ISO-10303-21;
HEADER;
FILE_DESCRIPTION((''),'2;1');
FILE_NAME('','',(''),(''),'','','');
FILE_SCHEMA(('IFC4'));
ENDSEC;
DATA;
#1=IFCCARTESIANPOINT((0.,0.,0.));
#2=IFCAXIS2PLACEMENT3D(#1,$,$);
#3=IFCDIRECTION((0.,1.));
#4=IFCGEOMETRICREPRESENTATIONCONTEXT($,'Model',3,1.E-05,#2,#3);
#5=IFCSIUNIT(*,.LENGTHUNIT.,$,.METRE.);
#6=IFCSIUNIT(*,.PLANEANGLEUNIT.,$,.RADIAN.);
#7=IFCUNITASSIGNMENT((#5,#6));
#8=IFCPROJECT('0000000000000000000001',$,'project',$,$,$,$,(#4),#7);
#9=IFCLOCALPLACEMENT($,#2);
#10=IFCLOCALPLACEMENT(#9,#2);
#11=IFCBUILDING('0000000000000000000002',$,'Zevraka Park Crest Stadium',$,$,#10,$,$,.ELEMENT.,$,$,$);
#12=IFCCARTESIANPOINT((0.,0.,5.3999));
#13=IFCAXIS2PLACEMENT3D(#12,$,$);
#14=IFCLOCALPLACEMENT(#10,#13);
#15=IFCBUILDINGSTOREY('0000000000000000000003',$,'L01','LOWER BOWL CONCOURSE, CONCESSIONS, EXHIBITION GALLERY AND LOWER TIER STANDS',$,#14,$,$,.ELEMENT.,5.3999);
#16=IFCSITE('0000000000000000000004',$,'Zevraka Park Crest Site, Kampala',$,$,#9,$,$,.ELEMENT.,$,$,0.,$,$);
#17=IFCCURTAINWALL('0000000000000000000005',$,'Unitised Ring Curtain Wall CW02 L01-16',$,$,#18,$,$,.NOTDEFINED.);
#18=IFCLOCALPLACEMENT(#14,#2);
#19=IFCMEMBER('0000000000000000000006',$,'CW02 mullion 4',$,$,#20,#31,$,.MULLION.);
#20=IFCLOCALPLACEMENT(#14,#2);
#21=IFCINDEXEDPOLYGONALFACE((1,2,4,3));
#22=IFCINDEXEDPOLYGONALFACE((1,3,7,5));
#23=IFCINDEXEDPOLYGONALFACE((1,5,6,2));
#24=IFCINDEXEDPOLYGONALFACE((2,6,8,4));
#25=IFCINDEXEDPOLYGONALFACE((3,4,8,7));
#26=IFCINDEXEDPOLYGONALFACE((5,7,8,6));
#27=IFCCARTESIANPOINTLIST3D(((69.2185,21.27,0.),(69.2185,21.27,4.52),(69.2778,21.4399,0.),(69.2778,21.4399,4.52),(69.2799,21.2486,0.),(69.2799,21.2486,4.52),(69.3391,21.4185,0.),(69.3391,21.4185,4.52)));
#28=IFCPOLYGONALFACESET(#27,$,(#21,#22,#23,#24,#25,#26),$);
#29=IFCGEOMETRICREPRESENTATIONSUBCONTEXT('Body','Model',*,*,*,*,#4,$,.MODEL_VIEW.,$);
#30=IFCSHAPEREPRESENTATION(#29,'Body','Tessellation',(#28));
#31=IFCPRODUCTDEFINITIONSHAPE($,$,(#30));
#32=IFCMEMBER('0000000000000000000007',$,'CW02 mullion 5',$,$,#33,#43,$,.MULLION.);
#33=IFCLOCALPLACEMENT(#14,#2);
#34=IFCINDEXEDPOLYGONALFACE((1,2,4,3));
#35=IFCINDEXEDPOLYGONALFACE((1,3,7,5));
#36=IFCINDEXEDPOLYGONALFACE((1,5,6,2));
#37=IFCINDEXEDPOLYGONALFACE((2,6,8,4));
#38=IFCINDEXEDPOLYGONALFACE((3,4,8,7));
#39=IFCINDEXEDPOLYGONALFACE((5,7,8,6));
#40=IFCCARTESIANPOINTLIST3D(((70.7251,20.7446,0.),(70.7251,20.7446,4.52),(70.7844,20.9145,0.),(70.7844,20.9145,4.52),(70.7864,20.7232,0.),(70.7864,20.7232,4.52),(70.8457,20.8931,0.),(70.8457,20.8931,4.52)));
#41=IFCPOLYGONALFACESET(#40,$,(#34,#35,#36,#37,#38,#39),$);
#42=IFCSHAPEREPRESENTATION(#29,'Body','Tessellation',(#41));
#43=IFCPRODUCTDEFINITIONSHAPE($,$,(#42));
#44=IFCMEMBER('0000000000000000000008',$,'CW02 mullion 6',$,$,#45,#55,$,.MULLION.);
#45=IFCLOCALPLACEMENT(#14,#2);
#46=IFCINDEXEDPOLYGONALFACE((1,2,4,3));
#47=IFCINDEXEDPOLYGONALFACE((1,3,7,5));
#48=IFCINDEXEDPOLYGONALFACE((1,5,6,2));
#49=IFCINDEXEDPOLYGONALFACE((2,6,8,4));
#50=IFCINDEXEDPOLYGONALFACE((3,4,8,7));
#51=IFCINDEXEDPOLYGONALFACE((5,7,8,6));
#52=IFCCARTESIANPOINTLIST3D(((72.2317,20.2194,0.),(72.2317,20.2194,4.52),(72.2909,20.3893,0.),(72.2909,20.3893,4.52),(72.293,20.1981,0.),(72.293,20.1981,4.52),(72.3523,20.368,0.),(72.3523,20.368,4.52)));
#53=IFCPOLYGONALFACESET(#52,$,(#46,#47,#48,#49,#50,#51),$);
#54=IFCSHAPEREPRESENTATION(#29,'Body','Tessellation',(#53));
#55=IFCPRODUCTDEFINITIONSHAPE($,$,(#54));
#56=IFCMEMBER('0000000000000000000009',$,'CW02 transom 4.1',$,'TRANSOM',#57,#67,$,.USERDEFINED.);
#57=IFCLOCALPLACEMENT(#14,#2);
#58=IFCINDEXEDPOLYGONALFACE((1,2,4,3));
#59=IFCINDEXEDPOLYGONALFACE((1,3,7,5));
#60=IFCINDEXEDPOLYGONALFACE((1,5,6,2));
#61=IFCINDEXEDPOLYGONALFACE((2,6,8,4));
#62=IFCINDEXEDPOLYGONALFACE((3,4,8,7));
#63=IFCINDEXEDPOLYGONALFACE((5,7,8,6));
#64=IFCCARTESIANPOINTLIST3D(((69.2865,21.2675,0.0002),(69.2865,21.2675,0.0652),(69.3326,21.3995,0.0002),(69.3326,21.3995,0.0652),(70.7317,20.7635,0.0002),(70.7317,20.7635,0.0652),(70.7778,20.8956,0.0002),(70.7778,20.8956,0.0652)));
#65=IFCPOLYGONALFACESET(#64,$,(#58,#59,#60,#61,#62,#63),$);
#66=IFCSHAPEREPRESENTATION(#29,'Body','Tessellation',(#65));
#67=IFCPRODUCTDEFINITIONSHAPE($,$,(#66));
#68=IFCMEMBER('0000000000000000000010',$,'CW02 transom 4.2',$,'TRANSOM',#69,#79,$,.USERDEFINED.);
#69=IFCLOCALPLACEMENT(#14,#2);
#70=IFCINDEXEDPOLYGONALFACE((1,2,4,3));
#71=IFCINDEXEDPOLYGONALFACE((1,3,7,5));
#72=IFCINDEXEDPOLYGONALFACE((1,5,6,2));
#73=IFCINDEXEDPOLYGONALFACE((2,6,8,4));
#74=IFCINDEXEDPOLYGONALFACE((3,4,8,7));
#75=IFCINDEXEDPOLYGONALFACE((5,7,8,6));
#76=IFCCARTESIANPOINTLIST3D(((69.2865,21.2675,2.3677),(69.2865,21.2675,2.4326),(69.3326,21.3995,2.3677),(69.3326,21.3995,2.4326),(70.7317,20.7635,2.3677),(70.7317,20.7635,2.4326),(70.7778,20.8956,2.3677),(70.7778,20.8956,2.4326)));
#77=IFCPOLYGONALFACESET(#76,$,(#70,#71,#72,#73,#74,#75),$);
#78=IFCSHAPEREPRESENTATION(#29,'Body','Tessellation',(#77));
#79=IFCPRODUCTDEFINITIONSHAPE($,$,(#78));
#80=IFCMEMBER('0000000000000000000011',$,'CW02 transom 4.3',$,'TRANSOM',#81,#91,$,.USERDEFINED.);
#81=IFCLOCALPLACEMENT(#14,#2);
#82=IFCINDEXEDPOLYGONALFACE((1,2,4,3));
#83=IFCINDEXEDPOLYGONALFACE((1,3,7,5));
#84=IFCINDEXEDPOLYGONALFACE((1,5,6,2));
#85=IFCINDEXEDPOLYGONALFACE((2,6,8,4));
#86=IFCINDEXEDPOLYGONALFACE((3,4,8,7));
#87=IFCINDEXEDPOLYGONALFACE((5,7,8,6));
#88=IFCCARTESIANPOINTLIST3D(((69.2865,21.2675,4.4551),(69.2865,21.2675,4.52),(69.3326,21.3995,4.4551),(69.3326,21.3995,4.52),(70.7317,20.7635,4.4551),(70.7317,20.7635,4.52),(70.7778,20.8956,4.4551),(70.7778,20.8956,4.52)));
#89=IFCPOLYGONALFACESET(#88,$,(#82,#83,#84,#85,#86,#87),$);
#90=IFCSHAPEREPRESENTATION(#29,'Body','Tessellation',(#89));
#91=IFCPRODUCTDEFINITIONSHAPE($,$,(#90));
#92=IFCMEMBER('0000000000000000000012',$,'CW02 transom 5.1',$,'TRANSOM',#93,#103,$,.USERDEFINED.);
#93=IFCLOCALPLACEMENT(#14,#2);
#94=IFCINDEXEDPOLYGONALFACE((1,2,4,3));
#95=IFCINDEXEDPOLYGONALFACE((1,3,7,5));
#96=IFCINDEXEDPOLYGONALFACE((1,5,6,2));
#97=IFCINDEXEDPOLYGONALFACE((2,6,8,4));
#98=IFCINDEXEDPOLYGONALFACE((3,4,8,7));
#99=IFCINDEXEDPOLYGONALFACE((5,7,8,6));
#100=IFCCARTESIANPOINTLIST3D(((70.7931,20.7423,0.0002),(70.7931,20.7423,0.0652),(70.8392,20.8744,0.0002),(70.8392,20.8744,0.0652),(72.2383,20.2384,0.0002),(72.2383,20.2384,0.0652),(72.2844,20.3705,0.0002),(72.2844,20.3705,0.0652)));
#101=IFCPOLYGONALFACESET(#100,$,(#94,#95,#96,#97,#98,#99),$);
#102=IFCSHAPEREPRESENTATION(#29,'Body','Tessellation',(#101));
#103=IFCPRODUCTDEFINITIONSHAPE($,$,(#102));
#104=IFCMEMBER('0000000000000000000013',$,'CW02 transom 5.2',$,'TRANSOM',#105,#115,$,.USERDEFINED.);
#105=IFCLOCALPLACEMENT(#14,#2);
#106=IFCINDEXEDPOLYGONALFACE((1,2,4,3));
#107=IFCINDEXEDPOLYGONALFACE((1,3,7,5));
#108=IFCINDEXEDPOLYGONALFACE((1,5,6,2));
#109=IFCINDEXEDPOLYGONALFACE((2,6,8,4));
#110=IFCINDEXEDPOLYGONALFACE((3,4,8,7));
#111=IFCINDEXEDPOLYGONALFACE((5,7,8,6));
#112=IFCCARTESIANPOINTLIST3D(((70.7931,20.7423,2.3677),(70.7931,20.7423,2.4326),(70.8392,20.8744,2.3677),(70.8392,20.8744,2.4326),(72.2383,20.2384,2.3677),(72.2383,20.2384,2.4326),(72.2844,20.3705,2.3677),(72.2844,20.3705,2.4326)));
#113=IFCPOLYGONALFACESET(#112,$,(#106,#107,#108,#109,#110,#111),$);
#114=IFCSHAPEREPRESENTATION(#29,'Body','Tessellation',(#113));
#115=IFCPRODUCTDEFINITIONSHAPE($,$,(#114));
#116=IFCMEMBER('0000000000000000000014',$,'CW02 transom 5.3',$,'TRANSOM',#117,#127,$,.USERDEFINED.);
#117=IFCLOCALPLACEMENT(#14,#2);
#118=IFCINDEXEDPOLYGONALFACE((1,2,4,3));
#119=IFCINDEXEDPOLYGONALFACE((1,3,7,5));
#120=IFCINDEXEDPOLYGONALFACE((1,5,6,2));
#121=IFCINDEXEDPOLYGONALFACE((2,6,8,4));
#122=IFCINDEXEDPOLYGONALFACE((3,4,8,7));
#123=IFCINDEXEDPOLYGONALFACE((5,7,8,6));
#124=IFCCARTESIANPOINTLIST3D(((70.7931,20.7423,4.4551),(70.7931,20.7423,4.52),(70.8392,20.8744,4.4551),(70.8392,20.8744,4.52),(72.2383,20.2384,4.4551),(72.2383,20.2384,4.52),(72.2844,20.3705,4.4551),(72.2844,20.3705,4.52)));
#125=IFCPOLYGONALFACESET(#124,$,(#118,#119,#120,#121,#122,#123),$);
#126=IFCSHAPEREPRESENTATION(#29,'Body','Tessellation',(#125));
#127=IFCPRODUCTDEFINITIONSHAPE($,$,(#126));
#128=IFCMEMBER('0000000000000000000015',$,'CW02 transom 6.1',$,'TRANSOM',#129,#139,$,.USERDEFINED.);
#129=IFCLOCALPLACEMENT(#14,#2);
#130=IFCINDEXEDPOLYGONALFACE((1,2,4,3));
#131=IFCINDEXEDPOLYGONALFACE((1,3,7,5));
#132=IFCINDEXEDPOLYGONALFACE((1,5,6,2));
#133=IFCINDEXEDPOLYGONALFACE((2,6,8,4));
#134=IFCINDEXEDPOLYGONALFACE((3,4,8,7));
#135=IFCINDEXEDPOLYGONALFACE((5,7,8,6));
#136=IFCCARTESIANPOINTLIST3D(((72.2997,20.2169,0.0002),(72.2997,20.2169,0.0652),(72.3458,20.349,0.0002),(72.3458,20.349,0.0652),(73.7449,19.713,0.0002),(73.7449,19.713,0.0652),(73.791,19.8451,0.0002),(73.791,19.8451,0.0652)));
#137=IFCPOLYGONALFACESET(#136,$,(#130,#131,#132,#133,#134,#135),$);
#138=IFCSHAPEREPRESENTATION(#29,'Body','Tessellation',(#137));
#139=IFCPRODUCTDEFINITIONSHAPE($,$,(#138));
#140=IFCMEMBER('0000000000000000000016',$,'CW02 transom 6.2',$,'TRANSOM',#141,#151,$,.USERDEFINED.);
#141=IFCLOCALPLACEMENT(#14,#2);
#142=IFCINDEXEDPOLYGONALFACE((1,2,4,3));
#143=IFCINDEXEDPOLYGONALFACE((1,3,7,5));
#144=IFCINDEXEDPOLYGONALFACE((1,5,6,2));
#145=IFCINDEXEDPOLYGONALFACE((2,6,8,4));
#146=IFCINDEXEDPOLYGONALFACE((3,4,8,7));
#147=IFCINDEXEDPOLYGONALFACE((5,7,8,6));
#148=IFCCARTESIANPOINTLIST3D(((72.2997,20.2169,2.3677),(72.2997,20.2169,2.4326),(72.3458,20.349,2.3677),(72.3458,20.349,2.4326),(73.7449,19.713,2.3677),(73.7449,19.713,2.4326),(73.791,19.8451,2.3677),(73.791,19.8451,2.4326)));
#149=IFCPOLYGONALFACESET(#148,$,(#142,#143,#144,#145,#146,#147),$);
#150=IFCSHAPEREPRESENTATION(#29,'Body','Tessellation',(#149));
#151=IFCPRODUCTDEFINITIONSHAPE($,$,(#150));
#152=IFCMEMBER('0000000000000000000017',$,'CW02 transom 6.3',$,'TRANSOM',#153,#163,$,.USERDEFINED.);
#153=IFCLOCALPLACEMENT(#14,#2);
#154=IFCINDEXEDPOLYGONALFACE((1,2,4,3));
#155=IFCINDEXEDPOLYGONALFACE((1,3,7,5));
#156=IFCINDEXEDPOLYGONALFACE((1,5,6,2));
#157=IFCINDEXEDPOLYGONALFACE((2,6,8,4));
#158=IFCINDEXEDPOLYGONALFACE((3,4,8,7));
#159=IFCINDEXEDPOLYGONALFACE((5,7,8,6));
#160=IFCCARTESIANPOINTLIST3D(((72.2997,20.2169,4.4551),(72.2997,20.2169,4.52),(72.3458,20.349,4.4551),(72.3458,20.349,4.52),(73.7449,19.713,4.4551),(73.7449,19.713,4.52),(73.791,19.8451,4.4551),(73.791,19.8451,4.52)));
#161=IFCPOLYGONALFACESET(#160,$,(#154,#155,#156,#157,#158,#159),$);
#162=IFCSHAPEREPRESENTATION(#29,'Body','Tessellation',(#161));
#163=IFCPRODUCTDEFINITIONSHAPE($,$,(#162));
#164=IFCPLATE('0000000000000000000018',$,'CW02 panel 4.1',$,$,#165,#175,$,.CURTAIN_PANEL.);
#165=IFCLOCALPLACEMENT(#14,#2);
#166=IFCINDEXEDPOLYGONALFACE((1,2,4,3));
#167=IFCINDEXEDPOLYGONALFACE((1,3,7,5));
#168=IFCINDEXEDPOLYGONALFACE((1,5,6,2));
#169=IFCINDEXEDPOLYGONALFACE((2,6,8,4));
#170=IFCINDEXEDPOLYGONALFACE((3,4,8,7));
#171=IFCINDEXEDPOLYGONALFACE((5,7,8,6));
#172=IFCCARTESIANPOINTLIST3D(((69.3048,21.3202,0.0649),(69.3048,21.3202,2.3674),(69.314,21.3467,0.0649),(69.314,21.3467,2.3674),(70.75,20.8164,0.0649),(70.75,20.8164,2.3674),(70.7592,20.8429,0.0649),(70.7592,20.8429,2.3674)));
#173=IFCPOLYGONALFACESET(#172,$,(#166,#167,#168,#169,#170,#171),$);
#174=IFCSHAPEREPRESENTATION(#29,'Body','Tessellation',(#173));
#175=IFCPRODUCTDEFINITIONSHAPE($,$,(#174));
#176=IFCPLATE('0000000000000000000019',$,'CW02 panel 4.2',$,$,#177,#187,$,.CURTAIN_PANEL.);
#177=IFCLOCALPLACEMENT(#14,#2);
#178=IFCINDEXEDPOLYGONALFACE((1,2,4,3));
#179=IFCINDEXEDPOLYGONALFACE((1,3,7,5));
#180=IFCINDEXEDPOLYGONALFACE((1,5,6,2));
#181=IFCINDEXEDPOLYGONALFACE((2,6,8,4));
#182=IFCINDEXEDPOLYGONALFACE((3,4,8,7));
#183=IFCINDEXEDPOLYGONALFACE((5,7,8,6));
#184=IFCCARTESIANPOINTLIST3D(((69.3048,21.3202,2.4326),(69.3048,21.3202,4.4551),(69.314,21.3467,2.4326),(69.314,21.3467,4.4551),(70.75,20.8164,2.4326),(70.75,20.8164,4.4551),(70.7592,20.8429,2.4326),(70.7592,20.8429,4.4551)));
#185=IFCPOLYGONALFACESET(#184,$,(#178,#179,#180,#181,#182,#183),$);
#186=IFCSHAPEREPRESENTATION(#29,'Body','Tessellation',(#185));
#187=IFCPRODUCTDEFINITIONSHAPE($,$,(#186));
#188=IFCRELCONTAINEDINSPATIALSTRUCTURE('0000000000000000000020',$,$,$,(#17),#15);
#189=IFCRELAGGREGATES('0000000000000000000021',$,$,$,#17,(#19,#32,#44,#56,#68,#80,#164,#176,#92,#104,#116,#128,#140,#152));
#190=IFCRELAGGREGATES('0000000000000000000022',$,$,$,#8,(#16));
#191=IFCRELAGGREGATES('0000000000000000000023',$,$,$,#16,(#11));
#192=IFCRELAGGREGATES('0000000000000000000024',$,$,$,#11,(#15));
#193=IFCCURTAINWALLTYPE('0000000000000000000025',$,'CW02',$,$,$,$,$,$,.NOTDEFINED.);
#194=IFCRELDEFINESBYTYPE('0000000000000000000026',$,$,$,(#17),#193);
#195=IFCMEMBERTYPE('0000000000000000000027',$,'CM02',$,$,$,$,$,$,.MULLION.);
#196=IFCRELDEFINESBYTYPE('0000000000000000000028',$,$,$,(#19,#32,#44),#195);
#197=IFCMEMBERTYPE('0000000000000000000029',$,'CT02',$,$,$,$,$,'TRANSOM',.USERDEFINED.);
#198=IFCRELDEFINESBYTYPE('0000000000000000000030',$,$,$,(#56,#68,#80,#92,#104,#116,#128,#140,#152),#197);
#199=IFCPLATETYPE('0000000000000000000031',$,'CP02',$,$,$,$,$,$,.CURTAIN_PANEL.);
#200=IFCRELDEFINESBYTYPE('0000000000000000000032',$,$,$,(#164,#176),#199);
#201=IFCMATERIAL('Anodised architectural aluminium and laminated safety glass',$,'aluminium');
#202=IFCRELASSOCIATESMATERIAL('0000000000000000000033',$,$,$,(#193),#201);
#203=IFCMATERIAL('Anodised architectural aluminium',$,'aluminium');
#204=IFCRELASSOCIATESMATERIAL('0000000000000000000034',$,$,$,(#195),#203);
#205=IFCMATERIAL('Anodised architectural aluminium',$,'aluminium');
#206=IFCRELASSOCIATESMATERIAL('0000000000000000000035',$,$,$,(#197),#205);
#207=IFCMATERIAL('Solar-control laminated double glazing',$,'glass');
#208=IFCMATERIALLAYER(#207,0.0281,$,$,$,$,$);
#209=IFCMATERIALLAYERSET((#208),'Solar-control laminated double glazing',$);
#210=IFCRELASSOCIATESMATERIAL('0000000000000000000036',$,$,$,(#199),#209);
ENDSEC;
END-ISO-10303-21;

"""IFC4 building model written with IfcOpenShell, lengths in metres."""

from ifc_helpers import new_model, si_unit, direction, frame, origin, origin_2d, place, context, subcontext, project, spatial, rectangle, extrude, material, layer, layer_set, material_profile, profile_set, type_object, element, aggregate, save


model = new_model("IFC4")

# Units and contexts
model_context = context("Model", 3, precision=1e-05, world=origin(), true_north=direction((0.0, 1.0)))
body_context = subcontext(model_context, "Body", "Model", "MODEL_VIEW")
ifc_project = project(units=[si_unit("LENGTHUNIT", "METRE"), si_unit("PLANEANGLEUNIT", "RADIAN")], contexts=[model_context])

# Site, building, storey
site_placement = place(None, origin())
site = spatial("IfcSite", under=ifc_project, at=site_placement, Name="Zevraka Park Crest Site, Kampala", CompositionType="ELEMENT", RefElevation=0.0)
building_placement = place(site_placement, origin())
building = spatial("IfcBuilding", under=site, at=building_placement, Name="Zevraka Park Crest Stadium", CompositionType="ELEMENT")
storey_placement = place(building_placement, frame((0.0, 0.0, 5.3999)))
storey = spatial("IfcBuildingStorey", under=building, at=storey_placement, Name="L01", Description="LOWER BOWL CONCOURSE, CONCESSIONS, EXHIBITION GALLERY AND LOWER TIER STANDS", CompositionType="ELEMENT", Elevation=5.3999)

# Curtain wall, members, plates
ifc_material_1 = material(Name="Anodised architectural aluminium and laminated safety glass", Category="aluminium")
curtain_wall_type = type_object("IfcCurtainWallType", Name="CW02", PredefinedType="NOTDEFINED", material=ifc_material_1)
curtain_wall_placement = place(storey_placement, origin())
curtain_wall = element("IfcCurtainWall", 1, at=curtain_wall_placement, inside=storey, type_object=curtain_wall_type, Name="Unitised Ring Curtain Wall CW02 L01-16", PredefinedType="NOTDEFINED")
ifc_material_2 = material(Name="Anodised architectural aluminium", Category="aluminium")
ifc_material_profile_1 = material_profile(ifc_material_2, rectangle(XDim=0.1799, YDim=0.0649, at=origin_2d()), Name="ALU MULLION 180x65")
ifc_profile_set_1 = profile_set([ifc_material_profile_1], Name="Anodised architectural aluminium")
member_type_1 = type_object("IfcMemberType", Name="CM02", PredefinedType="MULLION", material=ifc_profile_set_1)
member_1_placement = place(storey_placement, frame((69.2788, 21.3442, 0.0), z_axis=(0.0, 0.0, 1.0), x_axis=(0.329209, 0.944257, 0.0)))
member_1 = element("IfcMember", 2, at=member_1_placement, type_object=member_type_1, Name="CW02 mullion 4", PredefinedType="MULLION", context=body_context, shape_type="SweptSolid", body=[
    extrude(rectangle(XDim=0.1799, YDim=0.0649, at=origin_2d()), origin(), (0.0, 0.0, 1.0), 4.52),
])
member_2_placement = place(storey_placement, frame((70.7854, 20.8188, 0.0), z_axis=(0.0, 0.0, 1.0), x_axis=(0.329209, 0.944257, 0.0)))
member_2 = element("IfcMember", 3, at=member_2_placement, type_object=member_type_1, Name="CW02 mullion 5", PredefinedType="MULLION", context=body_context, shape_type="SweptSolid", body=[
    extrude(rectangle(XDim=0.1799, YDim=0.0649, at=origin_2d()), origin(), (0.0, 0.0, 1.0), 4.52),
])
member_3_placement = place(storey_placement, frame((72.292, 20.2937, 0.0), z_axis=(0.0, 0.0, 1.0), x_axis=(0.329209, 0.944257, 0.0)))
member_3 = element("IfcMember", 4, at=member_3_placement, type_object=member_type_1, Name="CW02 mullion 6", PredefinedType="MULLION", context=body_context, shape_type="SweptSolid", body=[
    extrude(rectangle(XDim=0.1799, YDim=0.0649, at=origin_2d()), origin(), (0.0, 0.0, 1.0), 4.52),
])
ifc_material_3 = material(Name="Anodised architectural aluminium", Category="aluminium")
ifc_material_profile_2 = material_profile(ifc_material_3, rectangle(XDim=0.1399, YDim=0.0649, at=origin_2d()), Name="ALU TRANSOM 140x65")
ifc_profile_set_2 = profile_set([ifc_material_profile_2], Name="Anodised architectural aluminium")
member_type_2 = type_object("IfcMemberType", Name="CT02", ElementType="TRANSOM", PredefinedType="USERDEFINED", material=ifc_profile_set_2)
member_4_placement = place(storey_placement, frame((69.3096, 21.3335, 0.0327), z_axis=(0.944238, -0.329263, 0.0), x_axis=(0.329263, 0.944238, 0.0)))
member_4 = element("IfcMember", 5, at=member_4_placement, type_object=member_type_2, Name="CW02 transom 4.1", ObjectType="TRANSOM", PredefinedType="USERDEFINED", context=body_context, shape_type="SweptSolid", body=[
    extrude(rectangle(XDim=0.1399, YDim=0.0649, at=origin_2d()), origin(), (0.0, 0.0, 1.0), 1.5305),
])
member_5_placement = place(storey_placement, frame((69.3096, 21.3335, 2.4001), z_axis=(0.944238, -0.329263, 0.0), x_axis=(0.329263, 0.944238, 0.0)))
member_5 = element("IfcMember", 6, at=member_5_placement, type_object=member_type_2, Name="CW02 transom 4.2", ObjectType="TRANSOM", PredefinedType="USERDEFINED", context=body_context, shape_type="SweptSolid", body=[
    extrude(rectangle(XDim=0.1399, YDim=0.0649, at=origin_2d()), origin(), (0.0, 0.0, 1.0), 1.5305),
])
member_6_placement = place(storey_placement, frame((69.3096, 21.3335, 4.4875), z_axis=(0.944238, -0.329263, 0.0), x_axis=(0.329263, 0.944238, 0.0)))
member_6 = element("IfcMember", 7, at=member_6_placement, type_object=member_type_2, Name="CW02 transom 4.3", ObjectType="TRANSOM", PredefinedType="USERDEFINED", context=body_context, shape_type="SweptSolid", body=[
    extrude(rectangle(XDim=0.1399, YDim=0.0649, at=origin_2d()), origin(), (0.0, 0.0, 1.0), 1.5305),
])
member_7_placement = place(storey_placement, frame((70.8162, 20.8083, 0.0327), z_axis=(0.944238, -0.329263, 0.0), x_axis=(0.329263, 0.944238, 0.0)))
member_7 = element("IfcMember", 8, at=member_7_placement, type_object=member_type_2, Name="CW02 transom 5.1", ObjectType="TRANSOM", PredefinedType="USERDEFINED", context=body_context, shape_type="SweptSolid", body=[
    extrude(rectangle(XDim=0.1399, YDim=0.0649, at=origin_2d()), origin(), (0.0, 0.0, 1.0), 1.5305),
])
member_8_placement = place(storey_placement, frame((70.8162, 20.8083, 2.4001), z_axis=(0.944238, -0.329263, 0.0), x_axis=(0.329263, 0.944238, 0.0)))
member_8 = element("IfcMember", 9, at=member_8_placement, type_object=member_type_2, Name="CW02 transom 5.2", ObjectType="TRANSOM", PredefinedType="USERDEFINED", context=body_context, shape_type="SweptSolid", body=[
    extrude(rectangle(XDim=0.1399, YDim=0.0649, at=origin_2d()), origin(), (0.0, 0.0, 1.0), 1.5305),
])
member_9_placement = place(storey_placement, frame((70.8162, 20.8083, 4.4875), z_axis=(0.944238, -0.329263, 0.0), x_axis=(0.329263, 0.944238, 0.0)))
member_9 = element("IfcMember", 10, at=member_9_placement, type_object=member_type_2, Name="CW02 transom 5.3", ObjectType="TRANSOM", PredefinedType="USERDEFINED", context=body_context, shape_type="SweptSolid", body=[
    extrude(rectangle(XDim=0.1399, YDim=0.0649, at=origin_2d()), origin(), (0.0, 0.0, 1.0), 1.5305),
])
member_10_placement = place(storey_placement, frame((72.3228, 20.283, 0.0327), z_axis=(0.944238, -0.329263, 0.0), x_axis=(0.329263, 0.944238, 0.0)))
member_10 = element("IfcMember", 11, at=member_10_placement, type_object=member_type_2, Name="CW02 transom 6.1", ObjectType="TRANSOM", PredefinedType="USERDEFINED", context=body_context, shape_type="SweptSolid", body=[
    extrude(rectangle(XDim=0.1399, YDim=0.0649, at=origin_2d()), origin(), (0.0, 0.0, 1.0), 1.5305),
])
member_11_placement = place(storey_placement, frame((72.3228, 20.283, 2.4001), z_axis=(0.944238, -0.329263, 0.0), x_axis=(0.329263, 0.944238, 0.0)))
member_11 = element("IfcMember", 12, at=member_11_placement, type_object=member_type_2, Name="CW02 transom 6.2", ObjectType="TRANSOM", PredefinedType="USERDEFINED", context=body_context, shape_type="SweptSolid", body=[
    extrude(rectangle(XDim=0.1399, YDim=0.0649, at=origin_2d()), origin(), (0.0, 0.0, 1.0), 1.5305),
])
member_12_placement = place(storey_placement, frame((72.3228, 20.283, 4.4875), z_axis=(0.944238, -0.329263, 0.0), x_axis=(0.329263, 0.944238, 0.0)))
member_12 = element("IfcMember", 13, at=member_12_placement, type_object=member_type_2, Name="CW02 transom 6.3", ObjectType="TRANSOM", PredefinedType="USERDEFINED", context=body_context, shape_type="SweptSolid", body=[
    extrude(rectangle(XDim=0.1399, YDim=0.0649, at=origin_2d()), origin(), (0.0, 0.0, 1.0), 1.5305),
])
ifc_material_4 = material(Name="Solar-control laminated double glazing", Category="glass")
ifc_layer_1 = layer(ifc_material_4, 0.0281)
ifc_layer_set_1 = layer_set([ifc_layer_1], Name="Solar-control laminated double glazing")
plate_type = type_object("IfcPlateType", Name="CP02", PredefinedType="CURTAIN_PANEL", material=ifc_layer_set_1)
plate_1_placement = place(storey_placement, frame((70.032, 21.0815, 0.0649), z_axis=(0.0, 0.0, 1.0), x_axis=(0.944257, -0.329209, 0.0)))
plate_1 = element("IfcPlate", 14, at=plate_1_placement, type_object=plate_type, Name="CW02 panel 4.1", PredefinedType="CURTAIN_PANEL", context=body_context, shape_type="SweptSolid", body=[
    extrude(rectangle(XDim=1.5305, YDim=0.0281, at=origin_2d()), origin(), (0.0, 0.0, 1.0), 2.3025),
])
plate_2_placement = place(storey_placement, frame((70.032, 21.0815, 2.4326), z_axis=(0.0, 0.0, 1.0), x_axis=(0.944257, -0.329209, 0.0)))
plate_2 = element("IfcPlate", 15, at=plate_2_placement, type_object=plate_type, Name="CW02 panel 4.2", PredefinedType="CURTAIN_PANEL", context=body_context, shape_type="SweptSolid", body=[
    extrude(rectangle(XDim=1.5305, YDim=0.0281, at=origin_2d()), origin(), (0.0, 0.0, 1.0), 2.0225),
])
aggregate(curtain_wall, [member_1, member_2, member_3, member_4, member_5, member_6, plate_1, plate_2, member_7, member_8, member_9, member_10, member_11, member_12])

save(model, "model.ifc")
